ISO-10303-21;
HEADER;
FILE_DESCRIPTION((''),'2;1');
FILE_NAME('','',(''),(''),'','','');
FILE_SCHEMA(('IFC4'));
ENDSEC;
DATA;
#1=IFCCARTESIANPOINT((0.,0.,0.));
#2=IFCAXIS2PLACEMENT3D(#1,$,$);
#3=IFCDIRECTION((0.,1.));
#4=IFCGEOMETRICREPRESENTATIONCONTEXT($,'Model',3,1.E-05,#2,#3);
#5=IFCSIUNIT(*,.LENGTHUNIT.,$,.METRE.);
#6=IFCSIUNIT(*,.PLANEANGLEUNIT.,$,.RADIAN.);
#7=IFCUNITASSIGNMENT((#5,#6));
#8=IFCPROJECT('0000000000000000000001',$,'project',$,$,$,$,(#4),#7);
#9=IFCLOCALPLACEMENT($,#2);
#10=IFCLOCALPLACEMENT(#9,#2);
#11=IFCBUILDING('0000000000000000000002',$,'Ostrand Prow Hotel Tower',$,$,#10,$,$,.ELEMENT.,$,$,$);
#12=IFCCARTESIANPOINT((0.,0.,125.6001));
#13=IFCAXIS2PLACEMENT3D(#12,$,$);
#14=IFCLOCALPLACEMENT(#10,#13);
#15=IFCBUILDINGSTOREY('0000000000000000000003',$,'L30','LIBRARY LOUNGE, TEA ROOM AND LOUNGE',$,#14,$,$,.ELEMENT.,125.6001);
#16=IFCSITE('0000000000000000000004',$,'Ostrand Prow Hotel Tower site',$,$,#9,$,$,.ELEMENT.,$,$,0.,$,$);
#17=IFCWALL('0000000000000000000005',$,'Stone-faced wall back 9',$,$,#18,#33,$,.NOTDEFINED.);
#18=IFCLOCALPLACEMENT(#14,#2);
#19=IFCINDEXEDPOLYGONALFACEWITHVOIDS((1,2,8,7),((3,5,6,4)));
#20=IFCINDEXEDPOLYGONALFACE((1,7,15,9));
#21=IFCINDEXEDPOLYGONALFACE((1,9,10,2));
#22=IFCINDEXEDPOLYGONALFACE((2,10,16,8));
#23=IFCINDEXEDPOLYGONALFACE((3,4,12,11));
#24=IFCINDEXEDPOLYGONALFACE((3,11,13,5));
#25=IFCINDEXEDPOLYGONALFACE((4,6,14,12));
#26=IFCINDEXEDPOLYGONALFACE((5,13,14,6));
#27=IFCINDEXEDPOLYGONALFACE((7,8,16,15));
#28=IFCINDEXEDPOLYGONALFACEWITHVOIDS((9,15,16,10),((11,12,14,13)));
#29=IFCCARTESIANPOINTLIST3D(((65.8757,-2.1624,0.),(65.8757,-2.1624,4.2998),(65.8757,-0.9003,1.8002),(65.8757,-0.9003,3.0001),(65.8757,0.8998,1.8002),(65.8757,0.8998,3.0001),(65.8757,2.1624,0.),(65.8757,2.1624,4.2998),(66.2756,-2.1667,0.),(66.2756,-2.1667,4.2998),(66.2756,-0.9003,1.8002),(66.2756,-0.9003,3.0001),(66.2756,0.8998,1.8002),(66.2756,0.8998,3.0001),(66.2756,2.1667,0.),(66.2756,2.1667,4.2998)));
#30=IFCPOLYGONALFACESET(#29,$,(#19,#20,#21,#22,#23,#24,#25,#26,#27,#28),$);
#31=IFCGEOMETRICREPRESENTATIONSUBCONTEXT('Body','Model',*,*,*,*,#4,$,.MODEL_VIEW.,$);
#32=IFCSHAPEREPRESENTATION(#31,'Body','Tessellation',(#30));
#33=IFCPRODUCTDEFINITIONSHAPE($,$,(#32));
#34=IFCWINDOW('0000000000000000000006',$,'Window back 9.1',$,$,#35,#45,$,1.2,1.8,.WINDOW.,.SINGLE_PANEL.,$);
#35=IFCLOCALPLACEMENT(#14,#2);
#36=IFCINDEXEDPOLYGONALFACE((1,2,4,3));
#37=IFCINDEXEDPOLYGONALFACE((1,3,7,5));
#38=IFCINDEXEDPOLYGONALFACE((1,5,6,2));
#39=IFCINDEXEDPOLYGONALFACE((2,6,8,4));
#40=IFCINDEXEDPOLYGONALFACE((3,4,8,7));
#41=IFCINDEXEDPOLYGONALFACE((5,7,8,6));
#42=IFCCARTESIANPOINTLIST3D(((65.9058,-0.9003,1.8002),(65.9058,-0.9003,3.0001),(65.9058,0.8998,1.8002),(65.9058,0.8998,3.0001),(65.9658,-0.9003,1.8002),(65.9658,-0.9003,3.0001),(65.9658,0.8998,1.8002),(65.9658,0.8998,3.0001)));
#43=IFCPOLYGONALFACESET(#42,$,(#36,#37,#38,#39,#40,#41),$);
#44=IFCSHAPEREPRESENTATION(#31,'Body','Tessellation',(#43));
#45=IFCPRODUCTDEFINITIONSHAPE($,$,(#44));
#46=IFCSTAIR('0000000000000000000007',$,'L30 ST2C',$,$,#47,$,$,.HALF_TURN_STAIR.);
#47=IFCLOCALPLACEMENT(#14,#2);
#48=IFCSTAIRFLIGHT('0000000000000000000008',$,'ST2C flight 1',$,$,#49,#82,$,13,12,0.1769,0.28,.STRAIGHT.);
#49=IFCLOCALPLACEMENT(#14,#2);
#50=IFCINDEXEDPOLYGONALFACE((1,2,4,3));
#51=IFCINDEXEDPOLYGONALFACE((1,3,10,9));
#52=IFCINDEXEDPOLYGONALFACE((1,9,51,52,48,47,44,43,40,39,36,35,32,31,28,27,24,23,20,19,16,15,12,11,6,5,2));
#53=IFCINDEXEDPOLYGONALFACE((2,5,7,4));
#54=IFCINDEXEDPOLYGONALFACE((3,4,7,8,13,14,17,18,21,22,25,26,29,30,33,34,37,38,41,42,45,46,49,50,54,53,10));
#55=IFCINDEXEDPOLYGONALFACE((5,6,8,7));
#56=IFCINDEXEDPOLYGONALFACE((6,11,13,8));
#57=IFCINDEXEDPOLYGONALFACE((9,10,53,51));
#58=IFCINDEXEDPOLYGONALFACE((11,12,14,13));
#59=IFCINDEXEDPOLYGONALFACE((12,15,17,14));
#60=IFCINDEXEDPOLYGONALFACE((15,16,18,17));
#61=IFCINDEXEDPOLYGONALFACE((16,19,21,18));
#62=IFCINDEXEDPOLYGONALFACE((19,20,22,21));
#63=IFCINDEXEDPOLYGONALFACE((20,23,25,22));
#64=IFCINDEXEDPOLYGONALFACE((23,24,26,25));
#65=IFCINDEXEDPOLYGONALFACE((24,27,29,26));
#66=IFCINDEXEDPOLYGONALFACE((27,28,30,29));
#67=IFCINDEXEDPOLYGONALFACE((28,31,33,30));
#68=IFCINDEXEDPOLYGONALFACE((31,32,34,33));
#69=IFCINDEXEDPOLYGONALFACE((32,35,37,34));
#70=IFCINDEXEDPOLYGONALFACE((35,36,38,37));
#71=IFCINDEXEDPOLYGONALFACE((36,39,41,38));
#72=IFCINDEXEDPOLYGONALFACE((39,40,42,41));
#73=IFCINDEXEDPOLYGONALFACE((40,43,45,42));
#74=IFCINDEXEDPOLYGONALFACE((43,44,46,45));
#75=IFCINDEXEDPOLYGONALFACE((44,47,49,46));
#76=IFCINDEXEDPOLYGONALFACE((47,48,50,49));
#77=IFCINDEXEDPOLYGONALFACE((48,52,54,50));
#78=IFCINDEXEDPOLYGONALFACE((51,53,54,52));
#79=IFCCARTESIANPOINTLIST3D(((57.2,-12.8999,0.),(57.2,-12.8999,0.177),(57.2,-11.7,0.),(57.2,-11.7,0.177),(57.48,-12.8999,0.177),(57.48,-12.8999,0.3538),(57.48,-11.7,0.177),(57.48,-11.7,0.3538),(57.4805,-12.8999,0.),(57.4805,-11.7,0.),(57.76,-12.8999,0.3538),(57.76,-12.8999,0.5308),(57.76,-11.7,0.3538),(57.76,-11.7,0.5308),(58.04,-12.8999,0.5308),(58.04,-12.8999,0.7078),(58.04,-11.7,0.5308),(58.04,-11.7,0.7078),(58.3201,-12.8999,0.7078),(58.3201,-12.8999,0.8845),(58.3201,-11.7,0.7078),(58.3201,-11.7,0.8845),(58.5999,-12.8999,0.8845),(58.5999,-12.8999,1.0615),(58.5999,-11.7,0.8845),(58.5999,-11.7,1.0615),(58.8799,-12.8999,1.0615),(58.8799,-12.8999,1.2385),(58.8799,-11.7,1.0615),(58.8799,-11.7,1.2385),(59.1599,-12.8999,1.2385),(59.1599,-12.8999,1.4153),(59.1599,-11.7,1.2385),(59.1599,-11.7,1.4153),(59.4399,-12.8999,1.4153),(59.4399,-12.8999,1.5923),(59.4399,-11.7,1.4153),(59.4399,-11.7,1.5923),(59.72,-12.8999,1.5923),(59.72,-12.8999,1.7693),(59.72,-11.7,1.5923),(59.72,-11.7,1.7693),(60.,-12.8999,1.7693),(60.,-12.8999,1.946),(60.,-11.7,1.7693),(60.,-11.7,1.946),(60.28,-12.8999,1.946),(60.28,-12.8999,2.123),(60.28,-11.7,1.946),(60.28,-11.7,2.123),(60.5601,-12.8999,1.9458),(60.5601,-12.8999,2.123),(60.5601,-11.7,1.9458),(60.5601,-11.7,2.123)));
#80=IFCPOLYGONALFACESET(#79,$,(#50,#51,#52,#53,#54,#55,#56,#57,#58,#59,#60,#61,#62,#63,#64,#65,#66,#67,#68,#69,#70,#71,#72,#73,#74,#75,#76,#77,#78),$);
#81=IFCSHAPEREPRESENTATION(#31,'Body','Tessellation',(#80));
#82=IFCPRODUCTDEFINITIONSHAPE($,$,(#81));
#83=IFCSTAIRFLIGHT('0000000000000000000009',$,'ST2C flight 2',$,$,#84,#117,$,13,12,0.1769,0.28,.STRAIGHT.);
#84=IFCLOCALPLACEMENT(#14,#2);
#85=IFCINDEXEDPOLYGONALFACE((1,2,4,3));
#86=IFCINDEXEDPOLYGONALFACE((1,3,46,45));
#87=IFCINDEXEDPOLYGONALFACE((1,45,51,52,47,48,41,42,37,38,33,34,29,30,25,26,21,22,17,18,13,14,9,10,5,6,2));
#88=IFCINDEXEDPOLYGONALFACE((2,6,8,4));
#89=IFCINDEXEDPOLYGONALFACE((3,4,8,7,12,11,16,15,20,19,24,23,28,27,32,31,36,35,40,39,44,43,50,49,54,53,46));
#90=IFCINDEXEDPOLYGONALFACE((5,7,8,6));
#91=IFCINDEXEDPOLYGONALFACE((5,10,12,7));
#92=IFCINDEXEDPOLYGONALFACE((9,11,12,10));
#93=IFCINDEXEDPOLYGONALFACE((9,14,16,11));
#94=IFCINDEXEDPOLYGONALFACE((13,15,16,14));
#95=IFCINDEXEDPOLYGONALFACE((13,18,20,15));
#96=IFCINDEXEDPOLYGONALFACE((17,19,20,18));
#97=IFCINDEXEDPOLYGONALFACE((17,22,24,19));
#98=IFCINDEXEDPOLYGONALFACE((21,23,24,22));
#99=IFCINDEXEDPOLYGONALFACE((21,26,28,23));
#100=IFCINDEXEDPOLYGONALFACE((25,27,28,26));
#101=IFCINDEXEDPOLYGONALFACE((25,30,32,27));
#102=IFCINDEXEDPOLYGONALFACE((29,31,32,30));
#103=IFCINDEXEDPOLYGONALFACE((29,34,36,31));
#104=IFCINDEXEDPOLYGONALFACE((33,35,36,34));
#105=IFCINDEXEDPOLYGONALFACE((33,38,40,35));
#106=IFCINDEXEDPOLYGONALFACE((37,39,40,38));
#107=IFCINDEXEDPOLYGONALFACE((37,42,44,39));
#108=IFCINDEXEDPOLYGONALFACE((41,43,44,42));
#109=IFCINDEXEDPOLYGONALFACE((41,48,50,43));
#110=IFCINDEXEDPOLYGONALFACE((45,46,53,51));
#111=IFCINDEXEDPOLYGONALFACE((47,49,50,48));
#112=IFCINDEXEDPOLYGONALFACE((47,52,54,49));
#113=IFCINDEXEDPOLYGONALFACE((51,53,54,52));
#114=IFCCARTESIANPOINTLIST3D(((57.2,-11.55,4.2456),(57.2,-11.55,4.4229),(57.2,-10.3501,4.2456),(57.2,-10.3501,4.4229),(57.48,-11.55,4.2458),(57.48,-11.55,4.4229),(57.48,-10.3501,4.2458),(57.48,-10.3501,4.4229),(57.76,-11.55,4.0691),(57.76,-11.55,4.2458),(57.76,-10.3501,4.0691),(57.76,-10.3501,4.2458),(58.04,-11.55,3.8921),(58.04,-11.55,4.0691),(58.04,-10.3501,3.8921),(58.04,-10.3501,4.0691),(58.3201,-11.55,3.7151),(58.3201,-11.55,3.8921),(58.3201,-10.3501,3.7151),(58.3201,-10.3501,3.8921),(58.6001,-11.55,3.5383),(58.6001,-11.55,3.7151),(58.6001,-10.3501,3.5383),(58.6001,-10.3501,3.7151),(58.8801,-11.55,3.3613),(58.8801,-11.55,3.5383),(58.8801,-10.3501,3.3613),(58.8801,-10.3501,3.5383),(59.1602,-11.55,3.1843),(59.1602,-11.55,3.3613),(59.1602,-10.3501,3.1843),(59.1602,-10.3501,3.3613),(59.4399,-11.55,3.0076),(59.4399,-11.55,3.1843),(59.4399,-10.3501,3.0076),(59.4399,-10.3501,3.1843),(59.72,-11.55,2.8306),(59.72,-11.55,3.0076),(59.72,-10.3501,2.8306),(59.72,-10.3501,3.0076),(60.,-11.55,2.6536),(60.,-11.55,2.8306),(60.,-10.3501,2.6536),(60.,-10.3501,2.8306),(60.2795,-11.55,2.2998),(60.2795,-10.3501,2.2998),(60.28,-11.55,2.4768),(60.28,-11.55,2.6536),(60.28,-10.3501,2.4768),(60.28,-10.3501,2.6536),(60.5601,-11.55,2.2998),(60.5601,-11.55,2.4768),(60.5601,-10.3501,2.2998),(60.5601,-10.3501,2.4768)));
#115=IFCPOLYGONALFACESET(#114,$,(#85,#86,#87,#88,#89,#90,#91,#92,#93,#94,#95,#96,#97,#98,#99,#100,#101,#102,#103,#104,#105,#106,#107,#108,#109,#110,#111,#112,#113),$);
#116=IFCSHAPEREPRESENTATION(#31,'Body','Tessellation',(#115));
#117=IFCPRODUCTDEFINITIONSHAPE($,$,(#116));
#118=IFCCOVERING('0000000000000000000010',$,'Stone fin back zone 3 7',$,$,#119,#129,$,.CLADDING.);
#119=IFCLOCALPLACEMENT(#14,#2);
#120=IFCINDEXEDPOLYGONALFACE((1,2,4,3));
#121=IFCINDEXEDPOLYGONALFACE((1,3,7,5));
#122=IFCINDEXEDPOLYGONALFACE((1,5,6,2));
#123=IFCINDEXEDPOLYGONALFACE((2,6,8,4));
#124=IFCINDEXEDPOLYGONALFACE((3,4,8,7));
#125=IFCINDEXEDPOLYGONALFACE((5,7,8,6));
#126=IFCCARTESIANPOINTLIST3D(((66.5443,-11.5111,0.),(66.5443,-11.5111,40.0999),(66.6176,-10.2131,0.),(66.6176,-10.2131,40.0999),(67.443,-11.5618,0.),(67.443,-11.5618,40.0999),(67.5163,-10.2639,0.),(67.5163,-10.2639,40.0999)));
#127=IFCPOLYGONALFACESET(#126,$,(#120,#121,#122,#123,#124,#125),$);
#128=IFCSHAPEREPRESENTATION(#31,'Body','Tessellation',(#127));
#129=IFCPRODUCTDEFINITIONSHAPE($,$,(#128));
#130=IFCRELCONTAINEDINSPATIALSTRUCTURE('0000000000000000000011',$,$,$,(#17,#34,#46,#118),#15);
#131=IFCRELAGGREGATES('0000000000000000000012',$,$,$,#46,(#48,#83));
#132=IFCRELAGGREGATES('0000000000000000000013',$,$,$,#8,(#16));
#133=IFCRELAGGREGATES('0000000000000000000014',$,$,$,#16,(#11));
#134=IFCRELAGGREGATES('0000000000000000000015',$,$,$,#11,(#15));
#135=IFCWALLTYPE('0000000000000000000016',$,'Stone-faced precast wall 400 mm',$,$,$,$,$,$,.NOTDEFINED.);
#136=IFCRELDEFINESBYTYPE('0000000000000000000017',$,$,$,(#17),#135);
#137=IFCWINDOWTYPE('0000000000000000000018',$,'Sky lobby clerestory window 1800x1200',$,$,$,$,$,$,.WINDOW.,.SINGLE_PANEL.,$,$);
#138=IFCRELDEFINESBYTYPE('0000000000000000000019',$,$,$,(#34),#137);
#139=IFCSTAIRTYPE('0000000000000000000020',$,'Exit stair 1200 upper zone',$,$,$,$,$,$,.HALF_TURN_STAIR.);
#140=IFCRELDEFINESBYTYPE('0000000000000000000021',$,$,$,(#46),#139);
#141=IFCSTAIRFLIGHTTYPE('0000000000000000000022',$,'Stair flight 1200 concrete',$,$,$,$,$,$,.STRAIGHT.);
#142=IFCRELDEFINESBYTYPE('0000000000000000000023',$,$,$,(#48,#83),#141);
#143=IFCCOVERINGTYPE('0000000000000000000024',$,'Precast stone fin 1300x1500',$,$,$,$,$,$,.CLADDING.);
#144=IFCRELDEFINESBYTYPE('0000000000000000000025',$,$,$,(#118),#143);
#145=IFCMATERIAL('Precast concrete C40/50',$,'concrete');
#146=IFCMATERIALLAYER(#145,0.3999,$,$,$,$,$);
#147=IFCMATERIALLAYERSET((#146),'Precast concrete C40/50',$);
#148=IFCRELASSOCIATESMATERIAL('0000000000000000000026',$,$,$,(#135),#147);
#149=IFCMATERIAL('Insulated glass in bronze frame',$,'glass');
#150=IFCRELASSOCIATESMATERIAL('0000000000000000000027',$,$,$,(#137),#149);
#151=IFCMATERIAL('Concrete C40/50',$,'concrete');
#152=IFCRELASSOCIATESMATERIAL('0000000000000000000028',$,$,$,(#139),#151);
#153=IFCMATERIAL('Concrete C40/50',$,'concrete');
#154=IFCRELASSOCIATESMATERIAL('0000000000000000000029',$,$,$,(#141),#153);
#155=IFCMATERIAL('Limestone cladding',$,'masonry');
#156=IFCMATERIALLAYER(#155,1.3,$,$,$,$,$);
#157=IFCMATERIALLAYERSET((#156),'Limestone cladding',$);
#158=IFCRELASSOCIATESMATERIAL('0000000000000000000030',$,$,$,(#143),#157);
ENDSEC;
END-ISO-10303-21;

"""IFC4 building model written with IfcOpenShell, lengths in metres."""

from ifc_helpers import new_model, si_unit, direction, frame, frame_2d, origin, place, context, subcontext, project, spatial, polyline, rectangle, outline, extrude, material, layer, layer_set, type_object, element, fill, aggregate, save


model = new_model("IFC4")

# Units and contexts
model_context = context("Model", 3, precision=1e-05, world=origin(), true_north=direction((0.0, 1.0)))
body_context = subcontext(model_context, "Body", "Model", "MODEL_VIEW")
ifc_project = project(units=[si_unit("LENGTHUNIT", "METRE"), si_unit("PLANEANGLEUNIT", "RADIAN")], contexts=[model_context])

# Site, building, storey
site_placement = place(None, origin())
site = spatial("IfcSite", under=ifc_project, at=site_placement, Name="Ostrand Prow Hotel Tower site", CompositionType="ELEMENT", RefElevation=0.0)
building_placement = place(site_placement, origin())
building = spatial("IfcBuilding", under=site, at=building_placement, Name="Ostrand Prow Hotel Tower", CompositionType="ELEMENT")
storey_placement = place(building_placement, frame((0.0, 0.0, 125.6001)))
storey = spatial("IfcBuildingStorey", under=building, at=storey_placement, Name="L30", Description="LIBRARY LOUNGE, TEA ROOM AND LOUNGE", CompositionType="ELEMENT", Elevation=125.6001)

# Shared definitions
ifc_material_1 = material(Name="Precast concrete C40/50", Category="concrete")
ifc_layer_1 = layer(ifc_material_1, 0.3999)
ifc_layer_set_1 = layer_set([ifc_layer_1], Name="Precast concrete C40/50")
wall_type_1 = type_object("IfcWallType", Name="Stone-faced precast wall 400 mm", PredefinedType="NOTDEFINED", material=ifc_layer_set_1)
ifc_material_2 = material(Name="Insulated glass in bronze frame", Category="glass")
window_type = type_object("IfcWindowType", Name="Sky lobby clerestory window 1800x1200", PartitioningType="SINGLE_PANEL", PredefinedType="WINDOW", material=ifc_material_2)

# Wall, opening, window
wall_1_placement = place(storey_placement, frame((66.0757, -2.1646, 0.0), z_axis=(0.0, 0.0, 1.0), x_axis=(0.0, 1.0, 0.0)))
wall_1 = element("IfcWall", 1, at=wall_1_placement, inside=storey, type_object=wall_type_1, Name="Stone-faced wall back 9", PredefinedType="NOTDEFINED", context=body_context, shape_type="SweptSolid", body=[
    extrude(outline(polyline([(-0.0022, -0.2), (4.3313, -0.2), (4.3269, 0.2), (0.0022, 0.2), (-0.0022, -0.2)])), origin(), (0.0, 0.0, 1.0), 4.2998),
])
opening_1_placement = place(wall_1_placement, frame((1.2644, 0.0, 1.8)))
opening_1 = element("IfcOpeningElement", 2, at=opening_1_placement, cuts=wall_1, PredefinedType="OPENING", context=body_context, shape_type="SweptSolid", body=[
    extrude(rectangle(XDim=1.8, YDim=1.2, at=frame_2d((0.8999, 0.6001))), frame((0.0, 0.21, 0.0), z_axis=(0.0, -1.0, 0.0), x_axis=(1.0, 0.0, 0.0)), (0.0, 0.0, 1.0), 0.4199),
])
window_1_placement = place(opening_1_placement, origin())
window_1 = element("IfcWindow", 3, at=window_1_placement, inside=storey, type_object=window_type, Name="Window back 9.1", OverallHeight=1.2, OverallWidth=1.8, PartitioningType="SINGLE_PANEL", PredefinedType="WINDOW", context=body_context, shape_type="SweptSolid", body=[
    extrude(rectangle(XDim=1.8, YDim=1.2, at=frame_2d((0.8999, 0.6001))), frame((0.0, 0.1699, 0.0), z_axis=(0.0, -1.0, 0.0), x_axis=(1.0, 0.0, 0.0)), (0.0, 0.0, 1.0), 0.0601),
])
fill(opening_1, window_1)

# Stair, stair flights
ifc_material_3 = material(Name="Concrete C40/50", Category="concrete")
stair_type = type_object("IfcStairType", Name="Exit stair 1200 upper zone", PredefinedType="HALF_TURN_STAIR", material=ifc_material_3)
stair_placement = place(storey_placement, origin())
stair = element("IfcStair", 4, at=stair_placement, inside=storey, type_object=stair_type, Name="L30 ST2C", PredefinedType="HALF_TURN_STAIR")
ifc_material_4 = material(Name="Concrete C40/50", Category="concrete")
stair_flight_type = type_object("IfcStairFlightType", Name="Stair flight 1200 concrete", PredefinedType="STRAIGHT", material=ifc_material_4)
stair_flight_1_placement = place(storey_placement, frame((57.2, -12.3, 0.0), z_axis=(0.0, 0.0, 1.0), x_axis=(1.0, 0.0, 0.0)))
stair_flight_1 = element("IfcStairFlight", 5, at=stair_flight_1_placement, type_object=stair_flight_type, Name="ST2C flight 1", NumberOfRisers=13, NumberOfTreads=12, PredefinedType="STRAIGHT", RiserHeight=0.1769, TreadLength=0.28, context=body_context, shape_type="SweptSolid", body=[
    extrude(outline(polyline([(0.0, 0.0), (0.0, 0.177), (0.28, 0.177), (0.28, 0.3538), (0.5601, 0.3538), (0.5601, 0.5308), (0.8401, 0.5308), (0.8401, 0.7078), (1.1201, 0.7078), (1.1201, 0.8845), (1.3999, 0.8845), (1.3999, 1.0615), (1.6799, 1.0615), (1.6799, 1.2385), (1.96, 1.2385), (1.96, 1.4153), (2.24, 1.4153), (2.24, 1.5923), (2.52, 1.5923), (2.52, 1.7693), (2.8, 1.7693), (2.8, 1.946), (3.0801, 1.946), (3.0801, 2.123), (3.3601, 2.123), (3.3601, 2.3), (3.3601, 1.9458), (0.2805, 0.0), (0.0, 0.0)])), frame((0.0, 0.6001, 0.0), z_axis=(0.0, -1.0, 0.0), x_axis=(1.0, 0.0, 0.0)), (0.0, 0.0, 1.0), 1.2),
])
stair_flight_2_placement = place(storey_placement, frame((60.5601, -10.95, 2.2998), z_axis=(0.0, 0.0, 1.0), x_axis=(-1.0, 0.0, 0.0)))
stair_flight_2 = element("IfcStairFlight", 6, at=stair_flight_2_placement, type_object=stair_flight_type, Name="ST2C flight 2", NumberOfRisers=13, NumberOfTreads=12, PredefinedType="STRAIGHT", RiserHeight=0.1769, TreadLength=0.28, context=body_context, shape_type="SweptSolid", body=[
    extrude(outline(polyline([(0.0, 0.0), (0.0, 0.177), (0.28, 0.177), (0.28, 0.3538), (0.5601, 0.3538), (0.5601, 0.5308), (0.8401, 0.5308), (0.8401, 0.7078), (1.1201, 0.7078), (1.1201, 0.8845), (1.3999, 0.8845), (1.3999, 1.0615), (1.6799, 1.0615), (1.6799, 1.2385), (1.96, 1.2385), (1.96, 1.4153), (2.24, 1.4153), (2.24, 1.5923), (2.52, 1.5923), (2.52, 1.7693), (2.8, 1.7693), (2.8, 1.946), (3.0801, 1.946), (3.0801, 2.123), (3.3601, 2.123), (3.3601, 2.3), (3.3601, 1.9458), (0.2805, 0.0), (0.0, 0.0)])), frame((0.0, 0.6001, 0.0), z_axis=(0.0, -1.0, 0.0), x_axis=(1.0, 0.0, 0.0)), (0.0, 0.0, 1.0), 1.2),
])
aggregate(stair, [stair_flight_1, stair_flight_2])

# Covering
ifc_material_5 = material(Name="Limestone cladding", Category="masonry")
ifc_layer_2 = layer(ifc_material_5, 1.3)
ifc_layer_set_2 = layer_set([ifc_layer_2], Name="Limestone cladding")
covering_type = type_object("IfcCoveringType", Name="Precast stone fin 1300x1500", PredefinedType="CLADDING", material=ifc_layer_set_2)
covering_placement = place(storey_placement, frame((66.5808, -10.8621, 0.0), z_axis=(0.0, 0.0, 1.0), x_axis=(0.998407, -0.056416, 0.0)))
element("IfcCovering", 7, at=covering_placement, inside=storey, type_object=covering_type, Name="Stone fin back zone 3 7", PredefinedType="CLADDING", context=body_context, shape_type="SweptSolid", body=[
    extrude(rectangle(XDim=0.9001, YDim=1.3, at=frame_2d((0.4502, 0.0))), origin(), (0.0, 0.0, 1.0), 40.0999),
])

save(model, "model.ifc")
